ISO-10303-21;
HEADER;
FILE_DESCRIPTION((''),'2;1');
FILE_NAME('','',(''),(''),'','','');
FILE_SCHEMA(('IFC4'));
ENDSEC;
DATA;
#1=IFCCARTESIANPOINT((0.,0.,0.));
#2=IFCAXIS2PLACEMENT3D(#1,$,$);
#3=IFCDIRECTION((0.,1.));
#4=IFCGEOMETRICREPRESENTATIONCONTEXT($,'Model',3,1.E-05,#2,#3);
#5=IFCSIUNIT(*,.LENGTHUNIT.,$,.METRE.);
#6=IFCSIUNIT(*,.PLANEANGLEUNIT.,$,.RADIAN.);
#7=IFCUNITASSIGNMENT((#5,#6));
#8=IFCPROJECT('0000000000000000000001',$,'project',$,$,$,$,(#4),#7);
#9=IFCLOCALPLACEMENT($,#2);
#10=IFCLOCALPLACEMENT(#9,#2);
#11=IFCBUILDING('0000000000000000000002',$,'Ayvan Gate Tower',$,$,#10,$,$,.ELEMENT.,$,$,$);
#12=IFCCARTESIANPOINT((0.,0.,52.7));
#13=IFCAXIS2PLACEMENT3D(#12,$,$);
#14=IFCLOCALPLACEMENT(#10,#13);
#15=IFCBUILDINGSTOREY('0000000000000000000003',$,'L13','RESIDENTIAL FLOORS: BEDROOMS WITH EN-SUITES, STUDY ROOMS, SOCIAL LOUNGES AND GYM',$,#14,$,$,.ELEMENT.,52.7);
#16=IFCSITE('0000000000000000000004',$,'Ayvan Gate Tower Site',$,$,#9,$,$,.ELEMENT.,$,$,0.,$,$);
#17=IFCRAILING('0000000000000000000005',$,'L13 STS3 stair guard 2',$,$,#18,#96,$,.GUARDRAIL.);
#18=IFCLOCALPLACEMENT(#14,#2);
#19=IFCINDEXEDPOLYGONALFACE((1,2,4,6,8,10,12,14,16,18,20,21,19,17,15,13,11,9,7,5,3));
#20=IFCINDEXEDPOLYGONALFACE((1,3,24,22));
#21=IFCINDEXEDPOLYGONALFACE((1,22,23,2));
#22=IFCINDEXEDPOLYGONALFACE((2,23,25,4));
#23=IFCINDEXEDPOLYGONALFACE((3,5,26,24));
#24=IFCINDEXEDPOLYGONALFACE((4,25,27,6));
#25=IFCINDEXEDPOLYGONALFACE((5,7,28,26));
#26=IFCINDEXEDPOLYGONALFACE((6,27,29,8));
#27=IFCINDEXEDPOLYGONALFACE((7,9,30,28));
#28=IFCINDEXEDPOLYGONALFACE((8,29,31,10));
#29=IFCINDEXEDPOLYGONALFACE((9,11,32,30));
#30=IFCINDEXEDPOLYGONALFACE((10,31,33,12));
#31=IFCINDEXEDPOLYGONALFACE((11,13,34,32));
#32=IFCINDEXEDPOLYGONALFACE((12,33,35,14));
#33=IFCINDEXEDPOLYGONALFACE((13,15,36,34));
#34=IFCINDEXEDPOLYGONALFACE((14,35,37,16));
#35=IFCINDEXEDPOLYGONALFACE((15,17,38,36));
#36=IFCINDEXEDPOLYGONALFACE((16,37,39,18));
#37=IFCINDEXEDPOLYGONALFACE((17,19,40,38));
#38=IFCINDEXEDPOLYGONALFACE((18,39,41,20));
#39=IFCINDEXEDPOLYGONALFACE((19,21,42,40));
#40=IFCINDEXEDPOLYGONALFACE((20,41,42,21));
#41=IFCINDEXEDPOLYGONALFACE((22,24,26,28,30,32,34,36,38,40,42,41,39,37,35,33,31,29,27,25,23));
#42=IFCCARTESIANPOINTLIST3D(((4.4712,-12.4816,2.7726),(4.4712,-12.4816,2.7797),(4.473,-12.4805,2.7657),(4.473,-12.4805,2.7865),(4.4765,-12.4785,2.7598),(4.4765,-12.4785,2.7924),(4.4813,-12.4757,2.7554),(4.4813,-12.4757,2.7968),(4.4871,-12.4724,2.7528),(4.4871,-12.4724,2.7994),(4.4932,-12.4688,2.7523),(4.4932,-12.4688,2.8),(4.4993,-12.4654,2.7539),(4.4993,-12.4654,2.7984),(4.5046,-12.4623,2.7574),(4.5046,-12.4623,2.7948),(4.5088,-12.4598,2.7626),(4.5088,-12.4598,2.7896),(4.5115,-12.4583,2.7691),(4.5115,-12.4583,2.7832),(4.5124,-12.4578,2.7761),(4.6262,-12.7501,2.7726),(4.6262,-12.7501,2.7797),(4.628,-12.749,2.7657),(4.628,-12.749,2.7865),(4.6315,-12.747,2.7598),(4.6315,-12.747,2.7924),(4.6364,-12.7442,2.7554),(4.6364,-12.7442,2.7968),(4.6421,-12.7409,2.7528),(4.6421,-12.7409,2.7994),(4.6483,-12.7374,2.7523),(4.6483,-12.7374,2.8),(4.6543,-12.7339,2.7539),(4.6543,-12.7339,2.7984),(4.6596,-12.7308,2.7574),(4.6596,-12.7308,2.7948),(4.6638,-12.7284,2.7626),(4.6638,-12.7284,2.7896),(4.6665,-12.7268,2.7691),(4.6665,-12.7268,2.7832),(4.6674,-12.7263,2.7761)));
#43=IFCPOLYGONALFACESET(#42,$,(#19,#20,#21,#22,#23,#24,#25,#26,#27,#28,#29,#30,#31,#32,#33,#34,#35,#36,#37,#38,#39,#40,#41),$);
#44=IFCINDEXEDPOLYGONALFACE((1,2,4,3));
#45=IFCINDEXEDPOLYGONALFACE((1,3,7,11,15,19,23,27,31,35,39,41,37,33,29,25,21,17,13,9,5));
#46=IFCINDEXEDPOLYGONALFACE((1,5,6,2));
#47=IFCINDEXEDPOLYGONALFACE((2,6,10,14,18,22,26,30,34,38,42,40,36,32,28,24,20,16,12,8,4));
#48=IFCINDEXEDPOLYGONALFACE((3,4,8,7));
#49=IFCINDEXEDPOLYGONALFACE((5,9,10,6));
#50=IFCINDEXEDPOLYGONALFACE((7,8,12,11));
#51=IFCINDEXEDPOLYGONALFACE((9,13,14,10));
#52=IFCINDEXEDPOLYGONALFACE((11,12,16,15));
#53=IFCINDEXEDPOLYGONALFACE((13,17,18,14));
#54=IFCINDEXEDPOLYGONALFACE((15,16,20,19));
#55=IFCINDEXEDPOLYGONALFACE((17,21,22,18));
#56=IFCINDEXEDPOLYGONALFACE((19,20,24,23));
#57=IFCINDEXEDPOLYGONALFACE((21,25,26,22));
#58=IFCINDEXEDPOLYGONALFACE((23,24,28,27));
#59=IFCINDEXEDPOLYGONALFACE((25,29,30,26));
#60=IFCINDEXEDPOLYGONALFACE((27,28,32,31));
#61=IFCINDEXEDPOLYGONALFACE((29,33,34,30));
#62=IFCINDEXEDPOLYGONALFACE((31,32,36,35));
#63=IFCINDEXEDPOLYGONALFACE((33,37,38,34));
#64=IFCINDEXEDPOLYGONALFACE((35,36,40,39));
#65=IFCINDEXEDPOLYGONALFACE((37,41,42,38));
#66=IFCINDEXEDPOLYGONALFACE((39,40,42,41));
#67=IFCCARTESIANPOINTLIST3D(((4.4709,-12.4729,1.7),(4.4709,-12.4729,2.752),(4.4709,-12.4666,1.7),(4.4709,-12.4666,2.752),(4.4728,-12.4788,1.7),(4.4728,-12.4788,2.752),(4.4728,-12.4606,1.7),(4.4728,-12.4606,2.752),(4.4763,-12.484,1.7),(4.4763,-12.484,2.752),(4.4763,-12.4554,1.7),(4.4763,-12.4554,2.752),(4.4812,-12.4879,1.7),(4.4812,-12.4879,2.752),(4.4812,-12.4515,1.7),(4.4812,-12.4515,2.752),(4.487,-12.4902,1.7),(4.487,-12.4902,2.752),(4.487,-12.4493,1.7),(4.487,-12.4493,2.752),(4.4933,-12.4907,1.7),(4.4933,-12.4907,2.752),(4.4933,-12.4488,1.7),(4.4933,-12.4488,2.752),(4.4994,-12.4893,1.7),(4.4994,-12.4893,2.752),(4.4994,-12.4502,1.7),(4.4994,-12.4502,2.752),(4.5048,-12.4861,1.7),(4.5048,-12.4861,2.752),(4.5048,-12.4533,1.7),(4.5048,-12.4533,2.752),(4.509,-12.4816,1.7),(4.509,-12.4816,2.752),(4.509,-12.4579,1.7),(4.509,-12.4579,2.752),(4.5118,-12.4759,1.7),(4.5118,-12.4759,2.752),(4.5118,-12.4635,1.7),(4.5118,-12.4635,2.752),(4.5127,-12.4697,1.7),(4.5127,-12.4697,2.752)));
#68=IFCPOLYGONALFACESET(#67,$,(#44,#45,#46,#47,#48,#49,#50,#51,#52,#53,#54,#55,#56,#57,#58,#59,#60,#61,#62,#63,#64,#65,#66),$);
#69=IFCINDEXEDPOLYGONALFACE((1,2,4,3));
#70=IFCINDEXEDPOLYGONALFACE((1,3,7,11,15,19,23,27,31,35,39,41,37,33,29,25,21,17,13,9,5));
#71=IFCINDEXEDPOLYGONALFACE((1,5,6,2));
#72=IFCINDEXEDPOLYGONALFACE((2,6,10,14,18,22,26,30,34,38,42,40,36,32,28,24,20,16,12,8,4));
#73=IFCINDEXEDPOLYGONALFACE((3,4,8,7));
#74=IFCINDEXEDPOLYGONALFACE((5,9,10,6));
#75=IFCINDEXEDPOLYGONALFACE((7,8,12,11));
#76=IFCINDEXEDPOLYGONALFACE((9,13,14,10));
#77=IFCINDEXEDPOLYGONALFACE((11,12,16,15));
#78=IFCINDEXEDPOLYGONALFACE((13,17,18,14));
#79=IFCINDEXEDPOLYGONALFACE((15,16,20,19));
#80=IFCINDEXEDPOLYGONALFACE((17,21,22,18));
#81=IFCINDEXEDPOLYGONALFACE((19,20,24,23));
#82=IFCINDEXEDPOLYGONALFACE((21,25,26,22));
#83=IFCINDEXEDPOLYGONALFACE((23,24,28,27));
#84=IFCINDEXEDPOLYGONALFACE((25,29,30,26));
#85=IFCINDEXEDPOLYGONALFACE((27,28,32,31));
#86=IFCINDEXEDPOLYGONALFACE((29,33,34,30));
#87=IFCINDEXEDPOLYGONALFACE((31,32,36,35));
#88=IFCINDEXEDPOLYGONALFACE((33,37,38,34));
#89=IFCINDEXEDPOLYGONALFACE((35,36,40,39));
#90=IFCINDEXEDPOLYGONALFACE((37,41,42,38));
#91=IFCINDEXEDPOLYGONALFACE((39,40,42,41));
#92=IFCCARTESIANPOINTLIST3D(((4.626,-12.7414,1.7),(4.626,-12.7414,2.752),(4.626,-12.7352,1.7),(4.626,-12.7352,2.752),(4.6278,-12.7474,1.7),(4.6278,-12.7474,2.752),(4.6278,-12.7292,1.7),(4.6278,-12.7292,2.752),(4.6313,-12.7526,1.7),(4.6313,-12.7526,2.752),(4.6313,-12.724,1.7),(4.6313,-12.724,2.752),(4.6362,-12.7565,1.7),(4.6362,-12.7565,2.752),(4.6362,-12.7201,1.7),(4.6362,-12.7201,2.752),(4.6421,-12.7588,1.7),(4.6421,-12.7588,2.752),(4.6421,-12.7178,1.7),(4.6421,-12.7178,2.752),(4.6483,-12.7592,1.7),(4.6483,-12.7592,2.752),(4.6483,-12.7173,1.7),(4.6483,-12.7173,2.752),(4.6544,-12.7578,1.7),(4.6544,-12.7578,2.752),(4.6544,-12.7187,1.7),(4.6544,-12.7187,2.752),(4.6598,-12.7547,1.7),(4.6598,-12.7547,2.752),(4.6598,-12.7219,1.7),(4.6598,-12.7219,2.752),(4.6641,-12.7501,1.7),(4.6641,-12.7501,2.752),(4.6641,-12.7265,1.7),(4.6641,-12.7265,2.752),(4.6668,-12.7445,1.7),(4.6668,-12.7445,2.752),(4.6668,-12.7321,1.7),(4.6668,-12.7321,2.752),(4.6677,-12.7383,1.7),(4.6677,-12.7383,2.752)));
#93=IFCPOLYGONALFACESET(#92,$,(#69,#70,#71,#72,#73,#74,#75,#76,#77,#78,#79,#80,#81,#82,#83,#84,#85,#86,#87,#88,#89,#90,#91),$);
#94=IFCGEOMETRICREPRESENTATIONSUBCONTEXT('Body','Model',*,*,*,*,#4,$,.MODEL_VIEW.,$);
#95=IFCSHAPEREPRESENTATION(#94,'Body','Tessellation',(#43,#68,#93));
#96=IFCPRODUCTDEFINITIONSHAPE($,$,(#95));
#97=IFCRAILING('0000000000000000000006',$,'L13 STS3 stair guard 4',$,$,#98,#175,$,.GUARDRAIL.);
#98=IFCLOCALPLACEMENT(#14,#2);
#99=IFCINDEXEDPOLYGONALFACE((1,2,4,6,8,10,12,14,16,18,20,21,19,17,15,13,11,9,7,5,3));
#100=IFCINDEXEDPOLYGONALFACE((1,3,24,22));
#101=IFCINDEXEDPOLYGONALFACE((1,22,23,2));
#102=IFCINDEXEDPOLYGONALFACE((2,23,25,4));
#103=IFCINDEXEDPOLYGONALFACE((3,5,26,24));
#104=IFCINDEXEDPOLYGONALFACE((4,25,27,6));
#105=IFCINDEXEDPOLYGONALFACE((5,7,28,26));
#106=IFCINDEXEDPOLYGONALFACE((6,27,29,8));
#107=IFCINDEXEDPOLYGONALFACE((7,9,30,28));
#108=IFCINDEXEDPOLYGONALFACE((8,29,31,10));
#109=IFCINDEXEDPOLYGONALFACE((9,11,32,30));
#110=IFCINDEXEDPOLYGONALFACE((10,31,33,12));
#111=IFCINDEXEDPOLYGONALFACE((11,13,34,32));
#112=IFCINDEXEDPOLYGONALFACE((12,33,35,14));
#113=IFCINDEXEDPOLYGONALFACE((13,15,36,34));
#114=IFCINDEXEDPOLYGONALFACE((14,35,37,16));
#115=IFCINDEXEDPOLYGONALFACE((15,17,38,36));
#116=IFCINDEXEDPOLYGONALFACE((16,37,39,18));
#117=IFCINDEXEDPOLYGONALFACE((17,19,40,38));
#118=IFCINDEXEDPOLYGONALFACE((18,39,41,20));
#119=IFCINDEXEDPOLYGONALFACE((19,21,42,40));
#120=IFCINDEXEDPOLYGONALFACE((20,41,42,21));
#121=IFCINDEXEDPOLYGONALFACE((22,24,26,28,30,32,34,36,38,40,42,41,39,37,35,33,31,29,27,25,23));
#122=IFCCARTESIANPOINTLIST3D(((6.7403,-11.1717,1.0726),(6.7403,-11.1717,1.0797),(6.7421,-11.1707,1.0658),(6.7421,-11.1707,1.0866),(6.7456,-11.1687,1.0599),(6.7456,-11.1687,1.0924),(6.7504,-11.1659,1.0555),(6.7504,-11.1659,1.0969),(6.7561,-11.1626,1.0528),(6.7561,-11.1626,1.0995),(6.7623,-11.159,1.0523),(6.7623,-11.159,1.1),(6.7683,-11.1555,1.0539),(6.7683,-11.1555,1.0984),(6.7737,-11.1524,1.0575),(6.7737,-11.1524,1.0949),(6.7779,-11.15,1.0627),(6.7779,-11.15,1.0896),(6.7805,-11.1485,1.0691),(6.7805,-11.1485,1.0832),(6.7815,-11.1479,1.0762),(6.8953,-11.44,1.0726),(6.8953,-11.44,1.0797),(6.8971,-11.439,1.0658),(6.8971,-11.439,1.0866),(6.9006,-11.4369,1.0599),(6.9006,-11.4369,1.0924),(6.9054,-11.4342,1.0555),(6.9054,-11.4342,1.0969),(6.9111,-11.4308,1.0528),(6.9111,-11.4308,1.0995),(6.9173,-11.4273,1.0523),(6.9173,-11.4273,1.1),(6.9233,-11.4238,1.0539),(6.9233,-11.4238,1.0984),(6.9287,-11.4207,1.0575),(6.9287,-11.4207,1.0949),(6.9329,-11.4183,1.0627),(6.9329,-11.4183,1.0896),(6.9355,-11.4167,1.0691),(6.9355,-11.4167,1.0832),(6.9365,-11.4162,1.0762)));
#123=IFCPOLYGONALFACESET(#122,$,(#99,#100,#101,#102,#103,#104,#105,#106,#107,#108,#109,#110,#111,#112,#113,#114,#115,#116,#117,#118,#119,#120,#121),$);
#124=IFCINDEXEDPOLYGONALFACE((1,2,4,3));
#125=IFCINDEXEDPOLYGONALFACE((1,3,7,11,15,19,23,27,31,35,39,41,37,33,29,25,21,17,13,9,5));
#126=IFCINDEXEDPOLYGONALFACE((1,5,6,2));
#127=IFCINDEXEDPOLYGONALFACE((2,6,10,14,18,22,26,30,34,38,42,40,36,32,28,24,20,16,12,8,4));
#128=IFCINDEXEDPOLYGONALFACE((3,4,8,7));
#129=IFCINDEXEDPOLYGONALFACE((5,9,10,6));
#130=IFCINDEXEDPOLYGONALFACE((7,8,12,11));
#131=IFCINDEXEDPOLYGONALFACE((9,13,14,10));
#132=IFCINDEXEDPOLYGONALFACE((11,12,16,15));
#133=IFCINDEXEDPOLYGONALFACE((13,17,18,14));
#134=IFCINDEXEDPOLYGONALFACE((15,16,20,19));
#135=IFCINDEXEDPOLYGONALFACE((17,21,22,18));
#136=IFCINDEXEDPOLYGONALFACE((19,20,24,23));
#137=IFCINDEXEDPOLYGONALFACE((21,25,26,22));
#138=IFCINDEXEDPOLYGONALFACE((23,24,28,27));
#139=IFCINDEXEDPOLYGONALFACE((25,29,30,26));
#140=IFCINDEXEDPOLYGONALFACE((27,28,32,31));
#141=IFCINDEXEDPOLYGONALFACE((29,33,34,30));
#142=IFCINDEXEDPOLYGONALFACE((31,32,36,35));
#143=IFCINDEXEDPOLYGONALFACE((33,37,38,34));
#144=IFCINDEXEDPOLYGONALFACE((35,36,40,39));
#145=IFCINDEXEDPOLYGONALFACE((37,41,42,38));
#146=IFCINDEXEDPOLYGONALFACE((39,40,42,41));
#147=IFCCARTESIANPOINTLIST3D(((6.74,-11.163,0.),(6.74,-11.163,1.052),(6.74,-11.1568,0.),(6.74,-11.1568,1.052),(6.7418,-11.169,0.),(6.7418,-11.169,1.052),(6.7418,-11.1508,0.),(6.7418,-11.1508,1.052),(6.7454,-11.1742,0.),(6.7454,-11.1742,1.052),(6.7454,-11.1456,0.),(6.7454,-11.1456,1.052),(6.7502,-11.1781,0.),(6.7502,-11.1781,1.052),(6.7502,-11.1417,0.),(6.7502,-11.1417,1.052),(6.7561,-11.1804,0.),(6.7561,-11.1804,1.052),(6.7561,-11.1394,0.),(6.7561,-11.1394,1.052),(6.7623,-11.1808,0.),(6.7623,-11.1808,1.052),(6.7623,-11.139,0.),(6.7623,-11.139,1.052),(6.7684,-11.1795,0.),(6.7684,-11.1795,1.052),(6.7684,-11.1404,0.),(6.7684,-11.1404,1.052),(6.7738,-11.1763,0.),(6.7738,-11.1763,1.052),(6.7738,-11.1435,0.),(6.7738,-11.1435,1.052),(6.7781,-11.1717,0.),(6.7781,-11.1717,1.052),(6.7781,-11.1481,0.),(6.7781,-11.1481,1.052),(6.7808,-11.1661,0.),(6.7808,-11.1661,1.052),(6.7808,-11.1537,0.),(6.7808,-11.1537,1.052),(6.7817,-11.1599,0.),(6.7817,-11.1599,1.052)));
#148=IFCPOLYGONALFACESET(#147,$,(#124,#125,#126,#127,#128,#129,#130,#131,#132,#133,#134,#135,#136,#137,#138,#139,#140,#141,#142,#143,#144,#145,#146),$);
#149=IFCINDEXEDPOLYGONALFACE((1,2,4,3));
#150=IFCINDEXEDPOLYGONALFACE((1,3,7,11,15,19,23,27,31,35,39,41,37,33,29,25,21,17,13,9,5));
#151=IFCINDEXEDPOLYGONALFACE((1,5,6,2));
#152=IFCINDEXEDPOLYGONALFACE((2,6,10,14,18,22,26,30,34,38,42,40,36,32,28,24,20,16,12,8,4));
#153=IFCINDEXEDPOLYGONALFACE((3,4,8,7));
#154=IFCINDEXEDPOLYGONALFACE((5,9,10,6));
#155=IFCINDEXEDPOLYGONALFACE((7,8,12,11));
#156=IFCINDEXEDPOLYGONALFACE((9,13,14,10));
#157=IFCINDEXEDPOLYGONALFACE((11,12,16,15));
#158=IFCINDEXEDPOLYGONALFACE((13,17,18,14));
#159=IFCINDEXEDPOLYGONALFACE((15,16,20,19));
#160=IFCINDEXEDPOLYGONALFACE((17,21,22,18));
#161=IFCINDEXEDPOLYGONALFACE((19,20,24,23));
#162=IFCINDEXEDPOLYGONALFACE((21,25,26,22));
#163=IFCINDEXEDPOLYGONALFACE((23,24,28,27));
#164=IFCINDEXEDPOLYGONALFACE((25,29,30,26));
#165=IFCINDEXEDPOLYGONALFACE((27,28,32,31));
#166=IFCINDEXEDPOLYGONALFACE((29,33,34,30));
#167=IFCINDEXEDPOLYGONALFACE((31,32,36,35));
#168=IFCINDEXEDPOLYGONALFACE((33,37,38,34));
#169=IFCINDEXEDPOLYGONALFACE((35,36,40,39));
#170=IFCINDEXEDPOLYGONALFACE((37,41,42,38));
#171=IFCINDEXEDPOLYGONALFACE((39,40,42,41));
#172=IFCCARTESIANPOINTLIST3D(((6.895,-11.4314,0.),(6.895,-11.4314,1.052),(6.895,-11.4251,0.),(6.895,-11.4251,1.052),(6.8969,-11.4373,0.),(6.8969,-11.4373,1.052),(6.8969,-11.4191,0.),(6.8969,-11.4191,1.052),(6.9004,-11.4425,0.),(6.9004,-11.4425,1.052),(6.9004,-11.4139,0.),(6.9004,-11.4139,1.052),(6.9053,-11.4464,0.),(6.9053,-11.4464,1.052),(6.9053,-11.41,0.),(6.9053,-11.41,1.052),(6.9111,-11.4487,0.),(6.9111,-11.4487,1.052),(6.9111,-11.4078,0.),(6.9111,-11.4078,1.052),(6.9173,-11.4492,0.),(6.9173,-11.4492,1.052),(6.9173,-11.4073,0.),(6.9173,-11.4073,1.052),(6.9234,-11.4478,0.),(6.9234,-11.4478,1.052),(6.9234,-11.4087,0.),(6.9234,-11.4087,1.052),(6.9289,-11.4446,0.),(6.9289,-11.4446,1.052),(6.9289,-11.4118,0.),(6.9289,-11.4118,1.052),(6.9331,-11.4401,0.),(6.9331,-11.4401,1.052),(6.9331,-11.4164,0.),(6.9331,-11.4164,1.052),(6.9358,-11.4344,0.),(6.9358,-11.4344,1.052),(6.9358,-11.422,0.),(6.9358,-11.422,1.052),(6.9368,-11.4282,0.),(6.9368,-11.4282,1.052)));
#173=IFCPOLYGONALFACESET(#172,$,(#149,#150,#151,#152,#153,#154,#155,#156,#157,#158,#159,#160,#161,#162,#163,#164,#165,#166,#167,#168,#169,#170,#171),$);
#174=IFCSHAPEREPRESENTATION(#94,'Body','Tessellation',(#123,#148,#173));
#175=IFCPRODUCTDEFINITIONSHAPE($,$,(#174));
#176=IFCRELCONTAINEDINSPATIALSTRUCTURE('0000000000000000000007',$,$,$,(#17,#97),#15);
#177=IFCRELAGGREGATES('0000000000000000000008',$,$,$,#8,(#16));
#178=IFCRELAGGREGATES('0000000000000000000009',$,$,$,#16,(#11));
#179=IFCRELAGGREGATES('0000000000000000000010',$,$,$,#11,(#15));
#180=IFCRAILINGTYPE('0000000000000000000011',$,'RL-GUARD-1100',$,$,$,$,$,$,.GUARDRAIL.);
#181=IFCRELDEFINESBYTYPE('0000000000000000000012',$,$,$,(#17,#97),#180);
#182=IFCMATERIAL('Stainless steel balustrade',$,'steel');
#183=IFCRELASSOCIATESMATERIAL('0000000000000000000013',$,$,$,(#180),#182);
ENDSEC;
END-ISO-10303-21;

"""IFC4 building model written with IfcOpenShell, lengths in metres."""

from ifc_helpers import new_model, si_unit, direction, frame, origin, origin_2d, place, context, subcontext, project, spatial, circle, extrude, material, type_object, element, save


model = new_model("IFC4")

# Units and contexts
model_context = context("Model", 3, precision=1e-05, world=origin(), true_north=direction((0.0, 1.0)))
body_context = subcontext(model_context, "Body", "Model", "MODEL_VIEW")
ifc_project = project(units=[si_unit("LENGTHUNIT", "METRE"), si_unit("PLANEANGLEUNIT", "RADIAN")], contexts=[model_context])

# Site, building, storey
site_placement = place(None, origin())
site = spatial("IfcSite", under=ifc_project, at=site_placement, Name="Ayvan Gate Tower Site", CompositionType="ELEMENT", RefElevation=0.0)
building_placement = place(site_placement, origin())
building = spatial("IfcBuilding", under=site, at=building_placement, Name="Ayvan Gate Tower", CompositionType="ELEMENT")
storey_placement = place(building_placement, frame((0.0, 0.0, 52.7)))
storey = spatial("IfcBuildingStorey", under=building, at=storey_placement, Name="L13", Description="RESIDENTIAL FLOORS: BEDROOMS WITH EN-SUITES, STUDY ROOMS, SOCIAL LOUNGES AND GYM", CompositionType="ELEMENT", Elevation=52.7)

# Railings
ifc_material_1 = material(Name="Stainless steel balustrade", Category="steel")
railing_type_1 = type_object("IfcRailingType", Name="RL-GUARD-1100", PredefinedType="GUARDRAIL", material=ifc_material_1)
railing_1_placement = place(storey_placement, frame((4.4917, -12.4697, 1.7)))
element("IfcRailing", 1, at=railing_1_placement, inside=storey, type_object=railing_type_1, Name="L13 STS3 stair guard 2", PredefinedType="GUARDRAIL", context=body_context, shape_type="SweptSolid", body=[
    extrude(circle(Radius=0.0239, at=origin_2d()), frame((0.0, 0.0, 1.0762), z_axis=(0.49995, -0.866054, 0.0), x_axis=(0.866054, 0.49995, 0.0)), (0.0, 0.0, 1.0), 0.3101),
    extrude(circle(Radius=0.021, at=origin_2d()), origin(), (0.0, 0.0, 1.0), 1.052),
    extrude(circle(Radius=0.021, at=origin_2d()), frame((0.155, -0.2686, 0.0)), (0.0, 0.0, 1.0), 1.052),
])
railing_2_placement = place(storey_placement, frame((6.7607, -11.1599, 0.0)))
element("IfcRailing", 2, at=railing_2_placement, inside=storey, type_object=railing_type_1, Name="L13 STS3 stair guard 4", PredefinedType="GUARDRAIL", context=body_context, shape_type="SweptSolid", body=[
    extrude(circle(Radius=0.0239, at=origin_2d()), frame((0.0, 0.0, 1.0762), z_axis=(0.500291, -0.865857, 0.0), x_axis=(0.865857, 0.500291, 0.0)), (0.0, 0.0, 1.0), 0.3098),
    extrude(circle(Radius=0.021, at=origin_2d()), origin(), (0.0, 0.0, 1.0), 1.052),
    extrude(circle(Radius=0.021, at=origin_2d()), frame((0.155, -0.2683, 0.0)), (0.0, 0.0, 1.0), 1.052),
])

save(model, "model.ifc")
